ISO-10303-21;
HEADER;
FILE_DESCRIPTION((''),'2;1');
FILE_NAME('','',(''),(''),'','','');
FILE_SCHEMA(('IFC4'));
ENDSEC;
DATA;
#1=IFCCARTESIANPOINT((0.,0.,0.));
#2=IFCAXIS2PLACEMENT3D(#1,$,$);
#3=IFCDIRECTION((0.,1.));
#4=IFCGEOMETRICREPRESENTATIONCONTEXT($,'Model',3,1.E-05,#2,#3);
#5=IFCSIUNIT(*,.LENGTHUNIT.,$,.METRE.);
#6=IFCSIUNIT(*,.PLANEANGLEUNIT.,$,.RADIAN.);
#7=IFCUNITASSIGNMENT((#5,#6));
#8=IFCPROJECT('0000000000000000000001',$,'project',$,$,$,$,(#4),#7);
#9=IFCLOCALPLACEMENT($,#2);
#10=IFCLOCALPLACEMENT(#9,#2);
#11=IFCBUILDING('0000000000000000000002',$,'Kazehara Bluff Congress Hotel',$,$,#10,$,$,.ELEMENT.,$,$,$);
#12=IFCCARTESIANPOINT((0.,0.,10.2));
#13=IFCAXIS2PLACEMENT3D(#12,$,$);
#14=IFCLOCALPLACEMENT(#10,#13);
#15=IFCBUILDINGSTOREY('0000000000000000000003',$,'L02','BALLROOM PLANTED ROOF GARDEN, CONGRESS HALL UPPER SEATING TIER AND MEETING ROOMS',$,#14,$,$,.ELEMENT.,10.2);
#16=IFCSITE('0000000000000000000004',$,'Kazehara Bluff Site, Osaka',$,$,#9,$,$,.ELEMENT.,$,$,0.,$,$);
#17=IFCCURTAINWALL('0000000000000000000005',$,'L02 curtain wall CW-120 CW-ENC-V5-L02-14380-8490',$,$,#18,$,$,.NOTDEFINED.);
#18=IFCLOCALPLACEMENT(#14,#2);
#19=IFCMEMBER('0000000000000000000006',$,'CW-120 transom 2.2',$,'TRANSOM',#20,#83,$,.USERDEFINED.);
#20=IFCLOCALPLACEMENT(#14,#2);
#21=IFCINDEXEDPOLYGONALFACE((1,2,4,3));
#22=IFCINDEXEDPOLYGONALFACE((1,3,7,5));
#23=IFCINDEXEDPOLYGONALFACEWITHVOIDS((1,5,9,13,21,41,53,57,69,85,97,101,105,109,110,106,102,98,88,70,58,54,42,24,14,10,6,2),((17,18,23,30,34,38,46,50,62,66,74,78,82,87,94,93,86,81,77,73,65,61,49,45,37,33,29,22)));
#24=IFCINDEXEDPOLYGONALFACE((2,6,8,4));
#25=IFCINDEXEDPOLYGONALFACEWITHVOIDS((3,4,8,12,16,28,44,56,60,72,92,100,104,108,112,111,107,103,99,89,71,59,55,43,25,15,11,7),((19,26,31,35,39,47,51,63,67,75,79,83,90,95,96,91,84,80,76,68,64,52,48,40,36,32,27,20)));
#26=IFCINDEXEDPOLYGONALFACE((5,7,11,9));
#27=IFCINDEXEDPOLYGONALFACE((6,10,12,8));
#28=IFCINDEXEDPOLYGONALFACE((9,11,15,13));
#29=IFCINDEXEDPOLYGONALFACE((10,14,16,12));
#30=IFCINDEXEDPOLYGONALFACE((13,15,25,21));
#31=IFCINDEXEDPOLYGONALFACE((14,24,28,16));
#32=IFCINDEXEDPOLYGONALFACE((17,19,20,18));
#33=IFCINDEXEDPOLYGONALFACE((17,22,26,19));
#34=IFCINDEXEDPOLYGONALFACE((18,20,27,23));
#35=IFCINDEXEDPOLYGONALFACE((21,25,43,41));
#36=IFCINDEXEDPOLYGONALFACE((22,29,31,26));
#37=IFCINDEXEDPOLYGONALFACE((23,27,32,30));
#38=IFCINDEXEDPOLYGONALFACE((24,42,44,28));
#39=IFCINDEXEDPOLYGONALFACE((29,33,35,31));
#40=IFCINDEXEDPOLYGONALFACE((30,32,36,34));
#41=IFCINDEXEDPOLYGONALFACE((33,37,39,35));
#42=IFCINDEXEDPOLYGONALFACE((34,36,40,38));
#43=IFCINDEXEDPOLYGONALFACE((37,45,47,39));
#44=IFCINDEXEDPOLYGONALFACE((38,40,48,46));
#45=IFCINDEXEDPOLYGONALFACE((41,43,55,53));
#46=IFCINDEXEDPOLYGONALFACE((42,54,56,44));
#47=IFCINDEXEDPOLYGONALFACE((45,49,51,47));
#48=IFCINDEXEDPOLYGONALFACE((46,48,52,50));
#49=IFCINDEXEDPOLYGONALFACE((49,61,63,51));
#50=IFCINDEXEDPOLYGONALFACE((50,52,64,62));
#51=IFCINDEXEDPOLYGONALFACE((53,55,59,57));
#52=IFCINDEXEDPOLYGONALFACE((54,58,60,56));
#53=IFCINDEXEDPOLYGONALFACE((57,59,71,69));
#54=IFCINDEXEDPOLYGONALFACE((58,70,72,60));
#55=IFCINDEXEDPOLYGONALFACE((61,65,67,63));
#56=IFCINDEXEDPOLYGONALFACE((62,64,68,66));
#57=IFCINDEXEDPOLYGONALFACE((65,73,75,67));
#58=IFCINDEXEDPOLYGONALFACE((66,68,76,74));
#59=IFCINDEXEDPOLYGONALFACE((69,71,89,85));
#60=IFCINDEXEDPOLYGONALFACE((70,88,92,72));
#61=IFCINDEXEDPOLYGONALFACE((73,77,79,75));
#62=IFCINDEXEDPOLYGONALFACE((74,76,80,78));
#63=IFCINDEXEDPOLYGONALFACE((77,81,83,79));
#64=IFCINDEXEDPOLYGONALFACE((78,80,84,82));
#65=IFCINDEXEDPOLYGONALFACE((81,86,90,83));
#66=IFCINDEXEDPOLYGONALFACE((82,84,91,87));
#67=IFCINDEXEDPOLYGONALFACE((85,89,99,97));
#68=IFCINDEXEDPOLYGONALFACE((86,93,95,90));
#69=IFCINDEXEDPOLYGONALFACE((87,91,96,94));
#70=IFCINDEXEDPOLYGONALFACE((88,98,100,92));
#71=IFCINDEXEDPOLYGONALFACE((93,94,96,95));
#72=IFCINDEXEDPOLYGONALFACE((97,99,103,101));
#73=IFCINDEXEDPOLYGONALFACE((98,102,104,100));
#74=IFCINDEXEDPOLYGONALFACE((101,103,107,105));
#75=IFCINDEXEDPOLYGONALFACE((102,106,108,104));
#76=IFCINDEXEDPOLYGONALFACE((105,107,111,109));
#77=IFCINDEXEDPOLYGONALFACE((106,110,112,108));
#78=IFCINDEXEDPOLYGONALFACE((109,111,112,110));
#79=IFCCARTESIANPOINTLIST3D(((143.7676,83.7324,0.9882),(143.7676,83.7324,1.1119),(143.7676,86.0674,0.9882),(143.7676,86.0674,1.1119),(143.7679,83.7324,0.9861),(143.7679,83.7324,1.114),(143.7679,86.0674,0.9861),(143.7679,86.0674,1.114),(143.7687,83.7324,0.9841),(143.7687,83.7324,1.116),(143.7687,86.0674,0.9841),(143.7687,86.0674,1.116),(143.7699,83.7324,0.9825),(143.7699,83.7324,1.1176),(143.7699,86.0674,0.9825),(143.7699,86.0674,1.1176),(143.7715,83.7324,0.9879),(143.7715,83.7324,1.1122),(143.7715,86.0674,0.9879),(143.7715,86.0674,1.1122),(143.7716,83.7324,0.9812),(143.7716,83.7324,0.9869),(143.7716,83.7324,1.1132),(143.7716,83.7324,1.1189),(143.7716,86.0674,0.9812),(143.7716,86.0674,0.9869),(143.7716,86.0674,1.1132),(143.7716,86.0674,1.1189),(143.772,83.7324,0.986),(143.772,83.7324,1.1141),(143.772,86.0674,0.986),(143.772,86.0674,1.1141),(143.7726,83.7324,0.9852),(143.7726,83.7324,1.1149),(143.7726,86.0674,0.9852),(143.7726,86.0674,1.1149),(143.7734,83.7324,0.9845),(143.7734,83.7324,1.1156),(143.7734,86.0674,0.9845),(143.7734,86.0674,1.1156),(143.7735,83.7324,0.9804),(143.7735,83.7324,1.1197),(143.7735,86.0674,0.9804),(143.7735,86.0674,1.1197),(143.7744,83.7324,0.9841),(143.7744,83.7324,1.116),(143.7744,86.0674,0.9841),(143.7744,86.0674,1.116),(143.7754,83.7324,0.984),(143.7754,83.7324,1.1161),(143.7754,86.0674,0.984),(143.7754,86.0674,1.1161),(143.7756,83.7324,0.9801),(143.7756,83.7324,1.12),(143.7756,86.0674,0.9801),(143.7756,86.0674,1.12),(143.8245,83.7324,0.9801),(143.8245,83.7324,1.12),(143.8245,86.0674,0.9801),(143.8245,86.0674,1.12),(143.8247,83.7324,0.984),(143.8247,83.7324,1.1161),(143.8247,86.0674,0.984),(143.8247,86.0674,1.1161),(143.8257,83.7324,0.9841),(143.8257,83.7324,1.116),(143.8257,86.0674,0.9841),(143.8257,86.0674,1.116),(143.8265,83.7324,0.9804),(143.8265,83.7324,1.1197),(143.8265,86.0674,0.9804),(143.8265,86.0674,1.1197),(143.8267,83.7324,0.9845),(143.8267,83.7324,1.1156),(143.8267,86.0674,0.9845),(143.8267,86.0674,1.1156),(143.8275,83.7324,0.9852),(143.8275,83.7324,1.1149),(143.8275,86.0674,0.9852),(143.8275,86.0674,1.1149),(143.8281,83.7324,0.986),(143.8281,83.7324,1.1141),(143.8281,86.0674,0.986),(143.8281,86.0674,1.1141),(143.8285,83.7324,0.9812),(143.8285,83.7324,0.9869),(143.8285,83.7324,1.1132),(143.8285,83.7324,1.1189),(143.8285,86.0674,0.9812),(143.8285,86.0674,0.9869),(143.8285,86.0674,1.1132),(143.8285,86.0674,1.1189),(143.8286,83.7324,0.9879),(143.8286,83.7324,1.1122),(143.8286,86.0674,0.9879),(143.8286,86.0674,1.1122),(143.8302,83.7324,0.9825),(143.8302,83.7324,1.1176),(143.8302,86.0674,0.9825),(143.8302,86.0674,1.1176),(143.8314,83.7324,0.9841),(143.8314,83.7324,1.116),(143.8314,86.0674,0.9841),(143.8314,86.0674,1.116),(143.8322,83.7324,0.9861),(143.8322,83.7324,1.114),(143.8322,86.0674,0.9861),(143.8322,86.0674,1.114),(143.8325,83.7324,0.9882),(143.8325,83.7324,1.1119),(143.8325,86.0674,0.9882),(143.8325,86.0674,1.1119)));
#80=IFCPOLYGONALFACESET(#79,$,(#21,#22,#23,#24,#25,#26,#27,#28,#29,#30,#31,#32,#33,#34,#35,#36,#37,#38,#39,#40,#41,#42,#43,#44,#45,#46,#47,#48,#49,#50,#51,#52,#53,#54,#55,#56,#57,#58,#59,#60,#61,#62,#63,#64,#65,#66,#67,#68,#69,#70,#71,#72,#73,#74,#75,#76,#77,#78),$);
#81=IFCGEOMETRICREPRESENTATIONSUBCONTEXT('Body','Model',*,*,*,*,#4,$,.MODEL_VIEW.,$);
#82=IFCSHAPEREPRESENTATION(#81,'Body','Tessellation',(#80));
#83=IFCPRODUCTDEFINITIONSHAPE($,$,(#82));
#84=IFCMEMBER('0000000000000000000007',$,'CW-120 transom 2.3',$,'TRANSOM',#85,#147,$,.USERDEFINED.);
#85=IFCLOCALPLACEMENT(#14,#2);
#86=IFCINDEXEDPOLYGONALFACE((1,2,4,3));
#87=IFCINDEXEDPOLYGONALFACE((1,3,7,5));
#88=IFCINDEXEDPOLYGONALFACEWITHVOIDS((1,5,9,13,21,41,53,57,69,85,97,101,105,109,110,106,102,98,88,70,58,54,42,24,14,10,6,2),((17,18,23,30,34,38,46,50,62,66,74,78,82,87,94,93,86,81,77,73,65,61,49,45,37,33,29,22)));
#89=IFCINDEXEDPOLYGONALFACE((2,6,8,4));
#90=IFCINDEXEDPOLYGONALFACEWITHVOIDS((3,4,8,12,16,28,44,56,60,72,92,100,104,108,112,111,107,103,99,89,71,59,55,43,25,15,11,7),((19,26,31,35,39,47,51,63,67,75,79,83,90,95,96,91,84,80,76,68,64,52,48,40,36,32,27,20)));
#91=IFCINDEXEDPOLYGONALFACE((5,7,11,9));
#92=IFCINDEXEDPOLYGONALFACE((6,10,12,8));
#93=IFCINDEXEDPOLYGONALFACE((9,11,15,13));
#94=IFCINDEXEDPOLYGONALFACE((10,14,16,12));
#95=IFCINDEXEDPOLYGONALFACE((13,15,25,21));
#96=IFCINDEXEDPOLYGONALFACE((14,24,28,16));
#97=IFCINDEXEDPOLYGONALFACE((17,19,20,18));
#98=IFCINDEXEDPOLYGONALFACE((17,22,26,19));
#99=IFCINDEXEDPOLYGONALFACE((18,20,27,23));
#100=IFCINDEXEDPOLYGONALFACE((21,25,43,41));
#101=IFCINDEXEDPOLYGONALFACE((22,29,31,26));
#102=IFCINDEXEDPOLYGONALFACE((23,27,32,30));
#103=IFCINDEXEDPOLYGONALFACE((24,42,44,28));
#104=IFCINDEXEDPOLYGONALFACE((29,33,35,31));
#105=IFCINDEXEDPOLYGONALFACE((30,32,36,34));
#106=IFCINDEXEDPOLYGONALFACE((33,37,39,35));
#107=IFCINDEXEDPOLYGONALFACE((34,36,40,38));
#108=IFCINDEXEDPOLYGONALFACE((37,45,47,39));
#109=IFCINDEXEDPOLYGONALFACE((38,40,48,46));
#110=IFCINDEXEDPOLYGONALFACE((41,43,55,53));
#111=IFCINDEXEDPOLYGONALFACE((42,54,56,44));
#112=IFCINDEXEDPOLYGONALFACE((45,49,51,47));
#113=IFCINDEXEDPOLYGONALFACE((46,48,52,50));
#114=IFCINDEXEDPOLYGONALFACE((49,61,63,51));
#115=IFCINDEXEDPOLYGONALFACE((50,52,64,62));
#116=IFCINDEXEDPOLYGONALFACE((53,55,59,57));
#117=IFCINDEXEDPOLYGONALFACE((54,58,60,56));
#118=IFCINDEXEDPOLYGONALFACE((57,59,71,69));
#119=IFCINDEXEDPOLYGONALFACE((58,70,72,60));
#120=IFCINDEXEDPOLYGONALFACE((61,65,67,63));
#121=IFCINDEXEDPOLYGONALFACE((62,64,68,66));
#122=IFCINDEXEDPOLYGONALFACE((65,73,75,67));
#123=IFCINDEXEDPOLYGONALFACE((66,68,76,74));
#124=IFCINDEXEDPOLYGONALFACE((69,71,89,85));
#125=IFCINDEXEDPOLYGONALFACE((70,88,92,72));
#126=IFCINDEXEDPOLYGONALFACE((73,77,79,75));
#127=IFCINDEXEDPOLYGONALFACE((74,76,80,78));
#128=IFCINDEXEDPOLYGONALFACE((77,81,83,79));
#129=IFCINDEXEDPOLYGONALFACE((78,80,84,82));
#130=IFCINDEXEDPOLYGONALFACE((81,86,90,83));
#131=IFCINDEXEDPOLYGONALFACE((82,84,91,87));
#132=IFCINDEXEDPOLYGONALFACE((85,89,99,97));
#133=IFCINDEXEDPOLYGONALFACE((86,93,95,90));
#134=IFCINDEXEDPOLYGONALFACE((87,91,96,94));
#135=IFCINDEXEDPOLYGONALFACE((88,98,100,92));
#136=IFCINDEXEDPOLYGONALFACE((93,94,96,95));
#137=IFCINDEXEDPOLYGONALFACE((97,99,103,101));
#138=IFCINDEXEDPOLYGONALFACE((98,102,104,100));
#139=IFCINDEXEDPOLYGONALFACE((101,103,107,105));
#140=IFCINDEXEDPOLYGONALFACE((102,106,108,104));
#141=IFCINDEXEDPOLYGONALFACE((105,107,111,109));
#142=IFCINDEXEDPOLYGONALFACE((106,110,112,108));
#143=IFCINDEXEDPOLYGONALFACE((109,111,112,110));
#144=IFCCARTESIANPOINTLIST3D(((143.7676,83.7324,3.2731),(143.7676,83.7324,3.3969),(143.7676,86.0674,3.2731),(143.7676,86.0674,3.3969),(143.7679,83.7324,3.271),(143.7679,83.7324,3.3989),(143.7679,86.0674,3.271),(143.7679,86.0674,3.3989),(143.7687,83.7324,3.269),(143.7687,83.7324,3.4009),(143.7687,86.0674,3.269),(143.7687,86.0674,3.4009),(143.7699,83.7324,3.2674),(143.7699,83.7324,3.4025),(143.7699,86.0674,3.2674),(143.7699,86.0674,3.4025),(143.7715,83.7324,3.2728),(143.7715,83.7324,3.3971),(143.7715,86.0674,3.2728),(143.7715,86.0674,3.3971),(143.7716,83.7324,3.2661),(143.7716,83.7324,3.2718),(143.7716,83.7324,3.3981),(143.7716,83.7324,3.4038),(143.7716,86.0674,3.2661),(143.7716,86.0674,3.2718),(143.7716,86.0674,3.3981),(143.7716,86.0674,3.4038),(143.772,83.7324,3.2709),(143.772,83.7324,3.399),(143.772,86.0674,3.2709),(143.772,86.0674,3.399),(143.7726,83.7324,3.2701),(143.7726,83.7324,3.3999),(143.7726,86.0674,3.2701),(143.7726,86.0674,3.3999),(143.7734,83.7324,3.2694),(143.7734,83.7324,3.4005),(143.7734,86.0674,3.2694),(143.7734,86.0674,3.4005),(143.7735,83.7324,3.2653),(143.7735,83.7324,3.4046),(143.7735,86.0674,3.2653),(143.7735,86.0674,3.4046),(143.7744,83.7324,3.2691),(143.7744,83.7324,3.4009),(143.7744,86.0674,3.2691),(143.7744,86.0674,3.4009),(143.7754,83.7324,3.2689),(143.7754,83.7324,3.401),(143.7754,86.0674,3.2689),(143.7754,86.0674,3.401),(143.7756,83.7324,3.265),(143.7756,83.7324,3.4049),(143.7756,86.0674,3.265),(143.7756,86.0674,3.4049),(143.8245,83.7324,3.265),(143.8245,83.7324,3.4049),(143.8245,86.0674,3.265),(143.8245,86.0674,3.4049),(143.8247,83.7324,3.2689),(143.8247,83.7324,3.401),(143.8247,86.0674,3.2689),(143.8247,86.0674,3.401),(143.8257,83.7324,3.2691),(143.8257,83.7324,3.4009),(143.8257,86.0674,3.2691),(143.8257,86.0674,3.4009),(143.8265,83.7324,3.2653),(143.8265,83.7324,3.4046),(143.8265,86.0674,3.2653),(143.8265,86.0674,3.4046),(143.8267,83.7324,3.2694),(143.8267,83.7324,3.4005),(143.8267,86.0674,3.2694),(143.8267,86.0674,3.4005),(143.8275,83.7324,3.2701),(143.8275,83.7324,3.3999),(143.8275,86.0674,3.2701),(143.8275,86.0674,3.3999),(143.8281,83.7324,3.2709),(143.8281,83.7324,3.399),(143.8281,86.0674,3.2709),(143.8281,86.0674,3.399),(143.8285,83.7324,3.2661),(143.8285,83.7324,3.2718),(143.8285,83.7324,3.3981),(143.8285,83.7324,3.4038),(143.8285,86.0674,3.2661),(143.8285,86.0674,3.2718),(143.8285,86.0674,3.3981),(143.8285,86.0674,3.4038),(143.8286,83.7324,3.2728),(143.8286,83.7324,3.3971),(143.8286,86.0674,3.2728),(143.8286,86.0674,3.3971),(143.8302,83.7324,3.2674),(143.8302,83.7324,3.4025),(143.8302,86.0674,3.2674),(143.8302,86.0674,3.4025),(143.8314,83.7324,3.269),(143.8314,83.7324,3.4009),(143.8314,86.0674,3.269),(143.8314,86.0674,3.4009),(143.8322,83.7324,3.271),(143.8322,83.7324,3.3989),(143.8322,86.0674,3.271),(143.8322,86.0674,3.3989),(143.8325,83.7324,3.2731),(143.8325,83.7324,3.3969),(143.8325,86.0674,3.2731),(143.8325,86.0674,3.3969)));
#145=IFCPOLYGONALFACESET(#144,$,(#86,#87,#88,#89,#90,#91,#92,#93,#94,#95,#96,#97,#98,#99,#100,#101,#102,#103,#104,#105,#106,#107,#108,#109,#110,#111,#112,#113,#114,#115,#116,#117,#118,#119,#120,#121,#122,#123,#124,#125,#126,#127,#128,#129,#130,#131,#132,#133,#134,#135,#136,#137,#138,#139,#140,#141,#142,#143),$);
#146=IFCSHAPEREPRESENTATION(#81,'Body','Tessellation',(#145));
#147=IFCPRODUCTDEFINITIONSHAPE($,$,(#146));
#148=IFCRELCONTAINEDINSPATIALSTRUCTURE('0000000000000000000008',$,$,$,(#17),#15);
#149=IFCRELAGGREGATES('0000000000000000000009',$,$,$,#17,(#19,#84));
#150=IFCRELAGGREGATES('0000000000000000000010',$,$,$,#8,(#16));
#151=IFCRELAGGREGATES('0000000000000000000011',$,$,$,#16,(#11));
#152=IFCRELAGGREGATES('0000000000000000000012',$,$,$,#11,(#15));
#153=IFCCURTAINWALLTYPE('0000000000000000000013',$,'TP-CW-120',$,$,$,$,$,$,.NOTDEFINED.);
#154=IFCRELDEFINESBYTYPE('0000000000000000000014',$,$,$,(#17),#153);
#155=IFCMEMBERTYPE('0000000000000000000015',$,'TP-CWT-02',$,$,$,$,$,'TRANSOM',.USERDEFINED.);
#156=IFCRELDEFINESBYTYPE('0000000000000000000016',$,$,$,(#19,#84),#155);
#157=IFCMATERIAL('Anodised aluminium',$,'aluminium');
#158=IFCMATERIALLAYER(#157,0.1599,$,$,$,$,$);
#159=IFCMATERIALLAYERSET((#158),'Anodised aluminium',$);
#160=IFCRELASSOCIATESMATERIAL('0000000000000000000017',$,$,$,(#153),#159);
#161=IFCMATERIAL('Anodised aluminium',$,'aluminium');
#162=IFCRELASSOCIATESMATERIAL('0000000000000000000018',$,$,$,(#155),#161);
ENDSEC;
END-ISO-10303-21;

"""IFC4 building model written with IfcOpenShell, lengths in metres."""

from ifc_helpers import new_model, si_unit, direction, frame, origin, origin_2d, place, context, subcontext, project, spatial, hollow_rectangle, extrude, material, layer, layer_set, material_profile, profile_set, type_object, element, aggregate, save


model = new_model("IFC4")

# Units and contexts
model_context = context("Model", 3, precision=1e-05, world=origin(), true_north=direction((0.0, 1.0)))
body_context = subcontext(model_context, "Body", "Model", "MODEL_VIEW")
ifc_project = project(units=[si_unit("LENGTHUNIT", "METRE"), si_unit("PLANEANGLEUNIT", "RADIAN")], contexts=[model_context])

# Site, building, storey
site_placement = place(None, origin())
site = spatial("IfcSite", under=ifc_project, at=site_placement, Name="Kazehara Bluff Site, Osaka", CompositionType="ELEMENT", RefElevation=0.0)
building_placement = place(site_placement, origin())
building = spatial("IfcBuilding", under=site, at=building_placement, Name="Kazehara Bluff Congress Hotel", CompositionType="ELEMENT")
storey_placement = place(building_placement, frame((0.0, 0.0, 10.2)))
storey = spatial("IfcBuildingStorey", under=building, at=storey_placement, Name="L02", Description="BALLROOM PLANTED ROOF GARDEN, CONGRESS HALL UPPER SEATING TIER AND MEETING ROOMS", CompositionType="ELEMENT", Elevation=10.2)

# Curtain wall
ifc_material_1 = material(Name="Anodised aluminium", Category="aluminium")
ifc_layer_1 = layer(ifc_material_1, 0.1599)
ifc_layer_set_1 = layer_set([ifc_layer_1], Name="Anodised aluminium")
curtain_wall_type = type_object("IfcCurtainWallType", Name="TP-CW-120", PredefinedType="NOTDEFINED", material=ifc_layer_set_1)
curtain_wall_1_placement = place(storey_placement, origin())
curtain_wall_1 = element("IfcCurtainWall", 1, at=curtain_wall_1_placement, inside=storey, type_object=curtain_wall_type, Name="L02 curtain wall CW-120 CW-ENC-V5-L02-14380-8490", PredefinedType="NOTDEFINED")

# Members
ifc_material_2 = material(Name="Anodised aluminium", Category="aluminium")
ifc_material_profile_1 = material_profile(ifc_material_2, hollow_rectangle(XDim=0.0649, YDim=0.1399, WallThickness=0.0039, InnerFilletRadius=0.0039, OuterFilletRadius=0.0081, at=origin_2d()))
ifc_profile_set_1 = profile_set([ifc_material_profile_1], Name="Anodised aluminium")
member_type_1 = type_object("IfcMemberType", Name="TP-CWT-02", ElementType="TRANSOM", PredefinedType="USERDEFINED", material=ifc_profile_set_1)
member_1_placement = place(storey_placement, frame((143.8, 83.7324, 1.05), z_axis=(0.0, 1.0, 0.0), x_axis=(-1.0, 0.0, 0.0)))
member_1 = element("IfcMember", 2, at=member_1_placement, type_object=member_type_1, Name="CW-120 transom 2.2", ObjectType="TRANSOM", PredefinedType="USERDEFINED", context=body_context, shape_type="SweptSolid", body=[
    extrude(hollow_rectangle(XDim=0.0649, YDim=0.1399, WallThickness=0.0039, InnerFilletRadius=0.0039, OuterFilletRadius=0.0081, at=origin_2d()), origin(), (0.0, 0.0, 1.0), 2.335),
])
member_2_placement = place(storey_placement, frame((143.8, 83.7324, 3.335), z_axis=(0.0, 1.0, 0.0), x_axis=(-1.0, 0.0, 0.0)))
member_2 = element("IfcMember", 3, at=member_2_placement, type_object=member_type_1, Name="CW-120 transom 2.3", ObjectType="TRANSOM", PredefinedType="USERDEFINED", context=body_context, shape_type="SweptSolid", body=[
    extrude(hollow_rectangle(XDim=0.0649, YDim=0.1399, WallThickness=0.0039, InnerFilletRadius=0.0039, OuterFilletRadius=0.0081, at=origin_2d()), origin(), (0.0, 0.0, 1.0), 2.335),
])

aggregate(curtain_wall_1, [member_1, member_2])

save(model, "model.ifc")
